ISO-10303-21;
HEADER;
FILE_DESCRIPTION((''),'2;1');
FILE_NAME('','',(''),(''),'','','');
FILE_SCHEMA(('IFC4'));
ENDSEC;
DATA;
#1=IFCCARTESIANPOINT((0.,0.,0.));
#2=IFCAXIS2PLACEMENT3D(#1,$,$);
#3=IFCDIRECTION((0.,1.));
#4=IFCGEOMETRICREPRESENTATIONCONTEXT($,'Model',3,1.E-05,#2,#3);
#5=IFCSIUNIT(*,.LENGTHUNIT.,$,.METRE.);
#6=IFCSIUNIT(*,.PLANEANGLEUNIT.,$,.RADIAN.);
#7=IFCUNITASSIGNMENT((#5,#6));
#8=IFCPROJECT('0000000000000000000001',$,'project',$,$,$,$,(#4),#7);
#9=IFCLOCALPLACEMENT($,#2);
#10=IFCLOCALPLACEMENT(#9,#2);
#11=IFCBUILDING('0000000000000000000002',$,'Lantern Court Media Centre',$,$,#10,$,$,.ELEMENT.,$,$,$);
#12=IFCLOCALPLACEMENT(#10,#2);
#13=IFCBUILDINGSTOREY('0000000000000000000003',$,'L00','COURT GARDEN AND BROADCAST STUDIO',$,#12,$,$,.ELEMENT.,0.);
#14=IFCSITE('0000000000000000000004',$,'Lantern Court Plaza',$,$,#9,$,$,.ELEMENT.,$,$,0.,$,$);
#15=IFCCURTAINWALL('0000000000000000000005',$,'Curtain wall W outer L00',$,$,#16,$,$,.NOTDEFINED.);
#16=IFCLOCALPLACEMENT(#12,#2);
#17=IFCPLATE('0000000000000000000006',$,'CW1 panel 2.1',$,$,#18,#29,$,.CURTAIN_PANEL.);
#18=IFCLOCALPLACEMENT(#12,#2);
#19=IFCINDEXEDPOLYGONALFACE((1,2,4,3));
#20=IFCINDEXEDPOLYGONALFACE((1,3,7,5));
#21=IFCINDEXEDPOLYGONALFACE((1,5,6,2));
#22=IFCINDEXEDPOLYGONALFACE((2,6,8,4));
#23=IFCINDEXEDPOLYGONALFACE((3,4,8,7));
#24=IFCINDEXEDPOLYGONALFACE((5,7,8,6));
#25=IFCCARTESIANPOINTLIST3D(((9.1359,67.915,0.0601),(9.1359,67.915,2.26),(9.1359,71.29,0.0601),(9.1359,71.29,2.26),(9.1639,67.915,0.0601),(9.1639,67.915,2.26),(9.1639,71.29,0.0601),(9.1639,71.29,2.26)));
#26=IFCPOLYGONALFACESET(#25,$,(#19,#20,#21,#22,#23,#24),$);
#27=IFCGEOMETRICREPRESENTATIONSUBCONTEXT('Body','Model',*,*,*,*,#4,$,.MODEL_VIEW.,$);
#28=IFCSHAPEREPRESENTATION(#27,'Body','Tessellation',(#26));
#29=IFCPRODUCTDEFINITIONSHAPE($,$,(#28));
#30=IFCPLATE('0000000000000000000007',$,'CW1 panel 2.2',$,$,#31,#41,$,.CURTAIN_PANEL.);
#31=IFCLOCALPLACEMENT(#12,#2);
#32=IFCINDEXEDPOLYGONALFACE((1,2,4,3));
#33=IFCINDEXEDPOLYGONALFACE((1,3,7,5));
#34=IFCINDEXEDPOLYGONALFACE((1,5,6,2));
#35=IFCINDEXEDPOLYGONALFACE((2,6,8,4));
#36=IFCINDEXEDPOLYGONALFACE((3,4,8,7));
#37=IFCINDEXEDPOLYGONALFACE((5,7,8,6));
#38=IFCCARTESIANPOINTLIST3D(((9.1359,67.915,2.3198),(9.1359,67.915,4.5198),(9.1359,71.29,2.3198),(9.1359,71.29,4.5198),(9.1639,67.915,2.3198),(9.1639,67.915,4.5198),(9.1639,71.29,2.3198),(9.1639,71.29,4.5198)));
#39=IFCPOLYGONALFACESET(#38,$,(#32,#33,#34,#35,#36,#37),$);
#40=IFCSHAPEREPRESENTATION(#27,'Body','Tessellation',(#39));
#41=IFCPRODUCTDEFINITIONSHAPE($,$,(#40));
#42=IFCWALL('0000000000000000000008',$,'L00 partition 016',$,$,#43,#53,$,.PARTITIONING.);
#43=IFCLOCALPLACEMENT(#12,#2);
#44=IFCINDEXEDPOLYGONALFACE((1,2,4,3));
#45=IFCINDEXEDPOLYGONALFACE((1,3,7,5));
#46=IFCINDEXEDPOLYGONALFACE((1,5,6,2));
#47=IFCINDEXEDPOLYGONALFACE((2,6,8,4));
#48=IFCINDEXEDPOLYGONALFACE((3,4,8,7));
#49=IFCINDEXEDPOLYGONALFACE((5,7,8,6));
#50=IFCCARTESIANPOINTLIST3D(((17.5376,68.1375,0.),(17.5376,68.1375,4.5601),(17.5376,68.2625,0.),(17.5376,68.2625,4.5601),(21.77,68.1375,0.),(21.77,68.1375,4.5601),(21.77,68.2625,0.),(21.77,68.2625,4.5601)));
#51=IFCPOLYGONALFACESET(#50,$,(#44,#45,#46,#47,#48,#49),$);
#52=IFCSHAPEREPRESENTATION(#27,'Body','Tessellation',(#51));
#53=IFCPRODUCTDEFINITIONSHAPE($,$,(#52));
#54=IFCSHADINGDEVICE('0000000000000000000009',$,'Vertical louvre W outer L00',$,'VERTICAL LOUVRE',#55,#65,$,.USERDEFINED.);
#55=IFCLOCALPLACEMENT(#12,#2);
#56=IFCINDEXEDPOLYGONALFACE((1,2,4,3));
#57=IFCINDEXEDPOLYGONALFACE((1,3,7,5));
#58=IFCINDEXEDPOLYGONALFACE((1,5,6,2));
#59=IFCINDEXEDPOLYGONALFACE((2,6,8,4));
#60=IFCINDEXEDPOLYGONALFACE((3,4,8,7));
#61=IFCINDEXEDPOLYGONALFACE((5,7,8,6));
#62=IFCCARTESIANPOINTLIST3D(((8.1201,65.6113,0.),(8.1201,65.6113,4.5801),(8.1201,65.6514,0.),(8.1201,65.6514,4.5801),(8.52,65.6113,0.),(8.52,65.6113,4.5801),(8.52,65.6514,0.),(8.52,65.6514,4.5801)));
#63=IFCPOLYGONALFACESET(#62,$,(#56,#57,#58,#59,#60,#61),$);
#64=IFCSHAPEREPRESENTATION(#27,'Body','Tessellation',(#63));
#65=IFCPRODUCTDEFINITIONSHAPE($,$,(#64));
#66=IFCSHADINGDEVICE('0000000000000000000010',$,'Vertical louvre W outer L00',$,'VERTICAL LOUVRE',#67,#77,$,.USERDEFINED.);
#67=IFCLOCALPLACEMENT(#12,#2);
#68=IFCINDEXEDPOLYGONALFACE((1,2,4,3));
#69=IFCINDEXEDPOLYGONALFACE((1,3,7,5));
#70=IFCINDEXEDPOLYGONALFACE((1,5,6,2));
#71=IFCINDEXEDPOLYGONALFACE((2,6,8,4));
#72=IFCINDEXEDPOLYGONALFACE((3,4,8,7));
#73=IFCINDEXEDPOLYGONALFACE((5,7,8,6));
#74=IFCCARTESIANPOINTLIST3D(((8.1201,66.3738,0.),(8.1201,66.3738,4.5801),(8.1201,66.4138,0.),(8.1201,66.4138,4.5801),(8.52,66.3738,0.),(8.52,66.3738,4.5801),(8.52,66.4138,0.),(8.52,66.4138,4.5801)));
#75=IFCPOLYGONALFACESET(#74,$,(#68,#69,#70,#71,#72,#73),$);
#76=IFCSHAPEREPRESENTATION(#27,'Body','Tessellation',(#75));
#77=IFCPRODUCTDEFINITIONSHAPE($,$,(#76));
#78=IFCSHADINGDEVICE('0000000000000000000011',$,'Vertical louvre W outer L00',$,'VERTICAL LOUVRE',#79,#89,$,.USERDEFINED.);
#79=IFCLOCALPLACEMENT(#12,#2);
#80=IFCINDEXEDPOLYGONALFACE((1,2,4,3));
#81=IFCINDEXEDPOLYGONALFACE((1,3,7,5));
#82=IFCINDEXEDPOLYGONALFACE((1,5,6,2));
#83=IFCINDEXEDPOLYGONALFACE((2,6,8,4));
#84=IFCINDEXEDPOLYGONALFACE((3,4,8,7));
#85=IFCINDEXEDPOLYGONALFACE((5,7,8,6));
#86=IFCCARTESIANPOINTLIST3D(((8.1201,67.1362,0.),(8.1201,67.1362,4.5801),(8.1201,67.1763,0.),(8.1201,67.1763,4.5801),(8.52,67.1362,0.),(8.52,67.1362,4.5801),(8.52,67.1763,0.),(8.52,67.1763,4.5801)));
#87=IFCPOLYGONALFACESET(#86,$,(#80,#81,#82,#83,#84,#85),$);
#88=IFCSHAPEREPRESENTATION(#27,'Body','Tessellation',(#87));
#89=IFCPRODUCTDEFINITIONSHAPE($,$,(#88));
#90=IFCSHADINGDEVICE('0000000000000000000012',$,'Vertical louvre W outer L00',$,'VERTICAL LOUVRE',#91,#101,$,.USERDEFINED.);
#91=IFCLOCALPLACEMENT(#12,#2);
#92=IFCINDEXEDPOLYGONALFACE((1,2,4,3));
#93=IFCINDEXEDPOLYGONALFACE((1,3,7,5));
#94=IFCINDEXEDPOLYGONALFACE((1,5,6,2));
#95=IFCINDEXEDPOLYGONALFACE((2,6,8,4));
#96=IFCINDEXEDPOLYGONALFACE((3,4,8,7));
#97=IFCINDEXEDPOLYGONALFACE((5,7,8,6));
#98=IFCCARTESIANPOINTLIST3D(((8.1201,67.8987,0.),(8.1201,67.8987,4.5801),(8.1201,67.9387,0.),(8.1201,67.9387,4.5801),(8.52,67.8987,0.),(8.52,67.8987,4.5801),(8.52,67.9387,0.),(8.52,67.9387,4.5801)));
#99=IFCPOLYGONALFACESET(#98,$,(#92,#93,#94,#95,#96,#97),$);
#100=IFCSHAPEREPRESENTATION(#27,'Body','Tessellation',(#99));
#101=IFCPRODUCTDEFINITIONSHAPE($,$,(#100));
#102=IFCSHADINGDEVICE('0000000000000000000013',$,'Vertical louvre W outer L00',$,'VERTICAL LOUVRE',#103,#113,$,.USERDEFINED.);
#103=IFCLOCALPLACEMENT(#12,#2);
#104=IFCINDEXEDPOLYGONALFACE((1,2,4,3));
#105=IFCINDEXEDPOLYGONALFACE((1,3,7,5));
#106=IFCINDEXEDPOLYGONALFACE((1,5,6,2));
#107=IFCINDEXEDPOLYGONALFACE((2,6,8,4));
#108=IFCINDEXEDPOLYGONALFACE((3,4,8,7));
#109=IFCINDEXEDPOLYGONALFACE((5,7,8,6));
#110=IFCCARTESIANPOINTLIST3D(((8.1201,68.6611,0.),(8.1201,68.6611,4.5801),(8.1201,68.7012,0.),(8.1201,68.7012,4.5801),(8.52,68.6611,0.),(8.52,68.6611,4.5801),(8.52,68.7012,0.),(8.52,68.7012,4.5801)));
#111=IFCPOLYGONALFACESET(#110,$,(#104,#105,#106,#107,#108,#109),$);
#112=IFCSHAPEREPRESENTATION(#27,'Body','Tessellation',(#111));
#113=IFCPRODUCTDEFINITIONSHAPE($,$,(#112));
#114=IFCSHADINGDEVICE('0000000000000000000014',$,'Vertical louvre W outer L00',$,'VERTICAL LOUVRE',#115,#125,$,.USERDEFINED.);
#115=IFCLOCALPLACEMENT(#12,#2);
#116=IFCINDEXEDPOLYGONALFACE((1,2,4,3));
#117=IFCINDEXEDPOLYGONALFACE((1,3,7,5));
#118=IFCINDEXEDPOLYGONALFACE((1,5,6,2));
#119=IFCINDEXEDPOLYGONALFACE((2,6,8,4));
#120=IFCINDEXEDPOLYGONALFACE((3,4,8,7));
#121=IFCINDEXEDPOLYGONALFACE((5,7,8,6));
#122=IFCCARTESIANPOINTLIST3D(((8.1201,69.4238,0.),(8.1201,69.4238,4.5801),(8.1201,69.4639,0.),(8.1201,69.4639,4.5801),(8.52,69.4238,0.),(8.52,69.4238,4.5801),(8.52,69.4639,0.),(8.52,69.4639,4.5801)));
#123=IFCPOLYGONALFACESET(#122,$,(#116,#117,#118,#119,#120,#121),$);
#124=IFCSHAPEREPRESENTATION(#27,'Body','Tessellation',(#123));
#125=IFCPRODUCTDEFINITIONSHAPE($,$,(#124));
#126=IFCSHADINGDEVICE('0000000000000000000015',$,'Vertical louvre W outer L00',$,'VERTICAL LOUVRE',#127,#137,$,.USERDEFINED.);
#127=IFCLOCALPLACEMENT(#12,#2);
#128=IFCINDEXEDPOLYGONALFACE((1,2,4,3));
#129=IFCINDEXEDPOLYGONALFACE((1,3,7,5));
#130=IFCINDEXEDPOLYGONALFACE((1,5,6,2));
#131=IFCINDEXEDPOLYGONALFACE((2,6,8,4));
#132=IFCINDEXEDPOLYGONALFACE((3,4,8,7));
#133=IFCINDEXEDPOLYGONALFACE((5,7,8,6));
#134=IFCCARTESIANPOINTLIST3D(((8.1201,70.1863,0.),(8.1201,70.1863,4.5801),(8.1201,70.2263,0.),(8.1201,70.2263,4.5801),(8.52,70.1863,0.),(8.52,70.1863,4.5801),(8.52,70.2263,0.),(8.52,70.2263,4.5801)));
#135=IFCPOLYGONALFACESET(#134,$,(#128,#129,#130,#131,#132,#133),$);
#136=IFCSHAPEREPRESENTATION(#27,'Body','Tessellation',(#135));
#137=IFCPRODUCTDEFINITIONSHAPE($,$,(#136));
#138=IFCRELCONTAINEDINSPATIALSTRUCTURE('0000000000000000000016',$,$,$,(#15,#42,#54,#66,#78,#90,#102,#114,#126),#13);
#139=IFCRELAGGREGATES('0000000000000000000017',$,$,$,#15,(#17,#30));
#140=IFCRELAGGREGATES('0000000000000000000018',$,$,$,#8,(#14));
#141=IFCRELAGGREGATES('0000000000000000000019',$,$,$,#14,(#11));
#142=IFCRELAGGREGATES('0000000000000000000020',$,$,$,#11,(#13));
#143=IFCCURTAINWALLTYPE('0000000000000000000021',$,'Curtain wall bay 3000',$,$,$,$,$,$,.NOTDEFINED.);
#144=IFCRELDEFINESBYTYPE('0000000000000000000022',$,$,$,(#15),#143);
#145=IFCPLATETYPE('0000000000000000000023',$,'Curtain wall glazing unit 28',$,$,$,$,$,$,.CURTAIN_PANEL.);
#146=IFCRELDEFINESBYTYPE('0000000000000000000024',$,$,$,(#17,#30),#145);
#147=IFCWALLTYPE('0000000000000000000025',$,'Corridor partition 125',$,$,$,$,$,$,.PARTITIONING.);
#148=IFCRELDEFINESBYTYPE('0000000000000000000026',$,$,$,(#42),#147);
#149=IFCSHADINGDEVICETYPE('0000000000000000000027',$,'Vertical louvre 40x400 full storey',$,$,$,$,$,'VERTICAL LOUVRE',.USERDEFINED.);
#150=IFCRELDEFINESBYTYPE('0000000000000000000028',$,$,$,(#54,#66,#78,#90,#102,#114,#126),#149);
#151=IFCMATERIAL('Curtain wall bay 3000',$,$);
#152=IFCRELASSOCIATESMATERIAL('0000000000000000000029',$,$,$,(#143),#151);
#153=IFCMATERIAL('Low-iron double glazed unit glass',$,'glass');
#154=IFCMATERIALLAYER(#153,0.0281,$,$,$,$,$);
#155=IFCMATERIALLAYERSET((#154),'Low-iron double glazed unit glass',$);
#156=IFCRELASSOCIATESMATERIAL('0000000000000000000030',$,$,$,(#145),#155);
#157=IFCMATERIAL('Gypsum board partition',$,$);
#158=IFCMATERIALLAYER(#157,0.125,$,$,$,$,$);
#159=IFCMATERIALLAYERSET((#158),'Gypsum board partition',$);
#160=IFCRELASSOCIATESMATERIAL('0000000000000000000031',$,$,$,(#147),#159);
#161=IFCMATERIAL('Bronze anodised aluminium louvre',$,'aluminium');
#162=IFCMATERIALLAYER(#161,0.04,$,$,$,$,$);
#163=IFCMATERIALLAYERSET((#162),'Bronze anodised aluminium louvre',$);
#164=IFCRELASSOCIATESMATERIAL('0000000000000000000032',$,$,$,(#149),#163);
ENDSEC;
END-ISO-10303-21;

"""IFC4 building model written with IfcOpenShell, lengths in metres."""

from ifc_helpers import new_model, si_unit, direction, frame, frame_2d, origin, origin_2d, place, context, subcontext, project, spatial, rectangle, extrude, material, layer, layer_set, type_object, element, aggregate, save


model = new_model("IFC4")

# Units and contexts
model_context = context("Model", 3, precision=1e-05, world=origin(), true_north=direction((0.0, 1.0)))
body_context = subcontext(model_context, "Body", "Model", "MODEL_VIEW")
ifc_project = project(units=[si_unit("LENGTHUNIT", "METRE"), si_unit("PLANEANGLEUNIT", "RADIAN")], contexts=[model_context])

# Site, building, storey
site_placement = place(None, origin())
site = spatial("IfcSite", under=ifc_project, at=site_placement, Name="Lantern Court Plaza", CompositionType="ELEMENT", RefElevation=0.0)
building_placement = place(site_placement, origin())
building = spatial("IfcBuilding", under=site, at=building_placement, Name="Lantern Court Media Centre", CompositionType="ELEMENT")
storey_placement = place(building_placement, origin())
storey = spatial("IfcBuildingStorey", under=building, at=storey_placement, Name="L00", Description="COURT GARDEN AND BROADCAST STUDIO", CompositionType="ELEMENT", Elevation=0.0)

# Curtain wall
ifc_material_1 = material(Name="Curtain wall bay 3000")
curtain_wall_type_1 = type_object("IfcCurtainWallType", Name="Curtain wall bay 3000", PredefinedType="NOTDEFINED", material=ifc_material_1)
curtain_wall_1_placement = place(storey_placement, origin())
curtain_wall_1 = element("IfcCurtainWall", 1, at=curtain_wall_1_placement, inside=storey, type_object=curtain_wall_type_1, Name="Curtain wall W outer L00", PredefinedType="NOTDEFINED")

# Plates
ifc_material_2 = material(Name="Low-iron double glazed unit glass", Category="glass")
ifc_layer_1 = layer(ifc_material_2, 0.0281)
ifc_layer_set_1 = layer_set([ifc_layer_1], Name="Low-iron double glazed unit glass")
plate_type = type_object("IfcPlateType", Name="Curtain wall glazing unit 28", PredefinedType="CURTAIN_PANEL", material=ifc_layer_set_1)
plate_1_placement = place(storey_placement, frame((9.1499, 69.6025, 0.0601), z_axis=(0.0, 0.0, 1.0), x_axis=(0.0, 1.0, 0.0)))
plate_1 = element("IfcPlate", 2, at=plate_1_placement, type_object=plate_type, Name="CW1 panel 2.1", PredefinedType="CURTAIN_PANEL", context=body_context, shape_type="SweptSolid", body=[
    extrude(rectangle(XDim=3.375, YDim=0.0281, at=origin_2d()), origin(), (0.0, 0.0, 1.0), 2.2),
])
plate_2_placement = place(storey_placement, frame((9.1499, 69.6025, 2.3198), z_axis=(0.0, 0.0, 1.0), x_axis=(0.0, 1.0, 0.0)))
plate_2 = element("IfcPlate", 3, at=plate_2_placement, type_object=plate_type, Name="CW1 panel 2.2", PredefinedType="CURTAIN_PANEL", context=body_context, shape_type="SweptSolid", body=[
    extrude(rectangle(XDim=3.375, YDim=0.0281, at=origin_2d()), origin(), (0.0, 0.0, 1.0), 2.2),
])
aggregate(curtain_wall_1, [plate_1, plate_2])

# Wall
ifc_material_3 = material(Name="Gypsum board partition")
ifc_layer_2 = layer(ifc_material_3, 0.125)
ifc_layer_set_2 = layer_set([ifc_layer_2], Name="Gypsum board partition")
wall_type = type_object("IfcWallType", Name="Corridor partition 125", PredefinedType="PARTITIONING", material=ifc_layer_set_2)
wall_placement = place(storey_placement, frame((17.5376, 68.2, 0.0), z_axis=(0.0, 0.0, 1.0), x_axis=(1.0, 0.0, 0.0)))
element("IfcWall", 4, at=wall_placement, inside=storey, type_object=wall_type, Name="L00 partition 016", PredefinedType="PARTITIONING", context=body_context, shape_type="SweptSolid", body=[
    extrude(rectangle(XDim=4.2324, YDim=0.125, at=frame_2d((2.1162, 0.0))), origin(), (0.0, 0.0, 1.0), 4.5601),
])

# Shading devices
ifc_material_4 = material(Name="Bronze anodised aluminium louvre", Category="aluminium")
ifc_layer_3 = layer(ifc_material_4, 0.04)
ifc_layer_set_3 = layer_set([ifc_layer_3], Name="Bronze anodised aluminium louvre")
shading_device_type = type_object("IfcShadingDeviceType", Name="Vertical louvre 40x400 full storey", ElementType="VERTICAL LOUVRE", PredefinedType="USERDEFINED", material=ifc_layer_set_3)
for number, where, z_axis, x_axis, name in (
    (5, (8.3201, 65.6313, 0.0), (0.0, 0.0, 1.0), (1.0, 0.0, 0.0), "Vertical louvre W outer L00"),
    (6, (8.3201, 66.3938, 0.0), (0.0, 0.0, 1.0), (1.0, 0.0, 0.0), "Vertical louvre W outer L00"),
    (7, (8.3201, 67.1562, 0.0), (0.0, 0.0, 1.0), (1.0, 0.0, 0.0), "Vertical louvre W outer L00"),
    (8, (8.3201, 67.9187, 0.0), (0.0, 0.0, 1.0), (1.0, 0.0, 0.0), "Vertical louvre W outer L00"),
    (9, (8.3201, 68.6812, 0.0), (0.0, 0.0, 1.0), (1.0, 0.0, 0.0), "Vertical louvre W outer L00"),
    (10, (8.3201, 69.4438, 0.0), (0.0, 0.0, 1.0), (1.0, 0.0, 0.0), "Vertical louvre W outer L00"),
    (11, (8.3201, 70.2063, 0.0), (0.0, 0.0, 1.0), (1.0, 0.0, 0.0), "Vertical louvre W outer L00"),
):
    element("IfcShadingDevice", number, at=place(storey_placement, frame(where, z_axis=z_axis, x_axis=x_axis)), inside=storey, type_object=shading_device_type, Name=name, ObjectType="VERTICAL LOUVRE", PredefinedType="USERDEFINED", context=body_context, shape_type="SweptSolid", body=[
        extrude(rectangle(XDim=0.3999, YDim=0.04, at=origin_2d()), origin(), (0.0, 0.0, 1.0), 4.5801),
    ])

save(model, "model.ifc")
